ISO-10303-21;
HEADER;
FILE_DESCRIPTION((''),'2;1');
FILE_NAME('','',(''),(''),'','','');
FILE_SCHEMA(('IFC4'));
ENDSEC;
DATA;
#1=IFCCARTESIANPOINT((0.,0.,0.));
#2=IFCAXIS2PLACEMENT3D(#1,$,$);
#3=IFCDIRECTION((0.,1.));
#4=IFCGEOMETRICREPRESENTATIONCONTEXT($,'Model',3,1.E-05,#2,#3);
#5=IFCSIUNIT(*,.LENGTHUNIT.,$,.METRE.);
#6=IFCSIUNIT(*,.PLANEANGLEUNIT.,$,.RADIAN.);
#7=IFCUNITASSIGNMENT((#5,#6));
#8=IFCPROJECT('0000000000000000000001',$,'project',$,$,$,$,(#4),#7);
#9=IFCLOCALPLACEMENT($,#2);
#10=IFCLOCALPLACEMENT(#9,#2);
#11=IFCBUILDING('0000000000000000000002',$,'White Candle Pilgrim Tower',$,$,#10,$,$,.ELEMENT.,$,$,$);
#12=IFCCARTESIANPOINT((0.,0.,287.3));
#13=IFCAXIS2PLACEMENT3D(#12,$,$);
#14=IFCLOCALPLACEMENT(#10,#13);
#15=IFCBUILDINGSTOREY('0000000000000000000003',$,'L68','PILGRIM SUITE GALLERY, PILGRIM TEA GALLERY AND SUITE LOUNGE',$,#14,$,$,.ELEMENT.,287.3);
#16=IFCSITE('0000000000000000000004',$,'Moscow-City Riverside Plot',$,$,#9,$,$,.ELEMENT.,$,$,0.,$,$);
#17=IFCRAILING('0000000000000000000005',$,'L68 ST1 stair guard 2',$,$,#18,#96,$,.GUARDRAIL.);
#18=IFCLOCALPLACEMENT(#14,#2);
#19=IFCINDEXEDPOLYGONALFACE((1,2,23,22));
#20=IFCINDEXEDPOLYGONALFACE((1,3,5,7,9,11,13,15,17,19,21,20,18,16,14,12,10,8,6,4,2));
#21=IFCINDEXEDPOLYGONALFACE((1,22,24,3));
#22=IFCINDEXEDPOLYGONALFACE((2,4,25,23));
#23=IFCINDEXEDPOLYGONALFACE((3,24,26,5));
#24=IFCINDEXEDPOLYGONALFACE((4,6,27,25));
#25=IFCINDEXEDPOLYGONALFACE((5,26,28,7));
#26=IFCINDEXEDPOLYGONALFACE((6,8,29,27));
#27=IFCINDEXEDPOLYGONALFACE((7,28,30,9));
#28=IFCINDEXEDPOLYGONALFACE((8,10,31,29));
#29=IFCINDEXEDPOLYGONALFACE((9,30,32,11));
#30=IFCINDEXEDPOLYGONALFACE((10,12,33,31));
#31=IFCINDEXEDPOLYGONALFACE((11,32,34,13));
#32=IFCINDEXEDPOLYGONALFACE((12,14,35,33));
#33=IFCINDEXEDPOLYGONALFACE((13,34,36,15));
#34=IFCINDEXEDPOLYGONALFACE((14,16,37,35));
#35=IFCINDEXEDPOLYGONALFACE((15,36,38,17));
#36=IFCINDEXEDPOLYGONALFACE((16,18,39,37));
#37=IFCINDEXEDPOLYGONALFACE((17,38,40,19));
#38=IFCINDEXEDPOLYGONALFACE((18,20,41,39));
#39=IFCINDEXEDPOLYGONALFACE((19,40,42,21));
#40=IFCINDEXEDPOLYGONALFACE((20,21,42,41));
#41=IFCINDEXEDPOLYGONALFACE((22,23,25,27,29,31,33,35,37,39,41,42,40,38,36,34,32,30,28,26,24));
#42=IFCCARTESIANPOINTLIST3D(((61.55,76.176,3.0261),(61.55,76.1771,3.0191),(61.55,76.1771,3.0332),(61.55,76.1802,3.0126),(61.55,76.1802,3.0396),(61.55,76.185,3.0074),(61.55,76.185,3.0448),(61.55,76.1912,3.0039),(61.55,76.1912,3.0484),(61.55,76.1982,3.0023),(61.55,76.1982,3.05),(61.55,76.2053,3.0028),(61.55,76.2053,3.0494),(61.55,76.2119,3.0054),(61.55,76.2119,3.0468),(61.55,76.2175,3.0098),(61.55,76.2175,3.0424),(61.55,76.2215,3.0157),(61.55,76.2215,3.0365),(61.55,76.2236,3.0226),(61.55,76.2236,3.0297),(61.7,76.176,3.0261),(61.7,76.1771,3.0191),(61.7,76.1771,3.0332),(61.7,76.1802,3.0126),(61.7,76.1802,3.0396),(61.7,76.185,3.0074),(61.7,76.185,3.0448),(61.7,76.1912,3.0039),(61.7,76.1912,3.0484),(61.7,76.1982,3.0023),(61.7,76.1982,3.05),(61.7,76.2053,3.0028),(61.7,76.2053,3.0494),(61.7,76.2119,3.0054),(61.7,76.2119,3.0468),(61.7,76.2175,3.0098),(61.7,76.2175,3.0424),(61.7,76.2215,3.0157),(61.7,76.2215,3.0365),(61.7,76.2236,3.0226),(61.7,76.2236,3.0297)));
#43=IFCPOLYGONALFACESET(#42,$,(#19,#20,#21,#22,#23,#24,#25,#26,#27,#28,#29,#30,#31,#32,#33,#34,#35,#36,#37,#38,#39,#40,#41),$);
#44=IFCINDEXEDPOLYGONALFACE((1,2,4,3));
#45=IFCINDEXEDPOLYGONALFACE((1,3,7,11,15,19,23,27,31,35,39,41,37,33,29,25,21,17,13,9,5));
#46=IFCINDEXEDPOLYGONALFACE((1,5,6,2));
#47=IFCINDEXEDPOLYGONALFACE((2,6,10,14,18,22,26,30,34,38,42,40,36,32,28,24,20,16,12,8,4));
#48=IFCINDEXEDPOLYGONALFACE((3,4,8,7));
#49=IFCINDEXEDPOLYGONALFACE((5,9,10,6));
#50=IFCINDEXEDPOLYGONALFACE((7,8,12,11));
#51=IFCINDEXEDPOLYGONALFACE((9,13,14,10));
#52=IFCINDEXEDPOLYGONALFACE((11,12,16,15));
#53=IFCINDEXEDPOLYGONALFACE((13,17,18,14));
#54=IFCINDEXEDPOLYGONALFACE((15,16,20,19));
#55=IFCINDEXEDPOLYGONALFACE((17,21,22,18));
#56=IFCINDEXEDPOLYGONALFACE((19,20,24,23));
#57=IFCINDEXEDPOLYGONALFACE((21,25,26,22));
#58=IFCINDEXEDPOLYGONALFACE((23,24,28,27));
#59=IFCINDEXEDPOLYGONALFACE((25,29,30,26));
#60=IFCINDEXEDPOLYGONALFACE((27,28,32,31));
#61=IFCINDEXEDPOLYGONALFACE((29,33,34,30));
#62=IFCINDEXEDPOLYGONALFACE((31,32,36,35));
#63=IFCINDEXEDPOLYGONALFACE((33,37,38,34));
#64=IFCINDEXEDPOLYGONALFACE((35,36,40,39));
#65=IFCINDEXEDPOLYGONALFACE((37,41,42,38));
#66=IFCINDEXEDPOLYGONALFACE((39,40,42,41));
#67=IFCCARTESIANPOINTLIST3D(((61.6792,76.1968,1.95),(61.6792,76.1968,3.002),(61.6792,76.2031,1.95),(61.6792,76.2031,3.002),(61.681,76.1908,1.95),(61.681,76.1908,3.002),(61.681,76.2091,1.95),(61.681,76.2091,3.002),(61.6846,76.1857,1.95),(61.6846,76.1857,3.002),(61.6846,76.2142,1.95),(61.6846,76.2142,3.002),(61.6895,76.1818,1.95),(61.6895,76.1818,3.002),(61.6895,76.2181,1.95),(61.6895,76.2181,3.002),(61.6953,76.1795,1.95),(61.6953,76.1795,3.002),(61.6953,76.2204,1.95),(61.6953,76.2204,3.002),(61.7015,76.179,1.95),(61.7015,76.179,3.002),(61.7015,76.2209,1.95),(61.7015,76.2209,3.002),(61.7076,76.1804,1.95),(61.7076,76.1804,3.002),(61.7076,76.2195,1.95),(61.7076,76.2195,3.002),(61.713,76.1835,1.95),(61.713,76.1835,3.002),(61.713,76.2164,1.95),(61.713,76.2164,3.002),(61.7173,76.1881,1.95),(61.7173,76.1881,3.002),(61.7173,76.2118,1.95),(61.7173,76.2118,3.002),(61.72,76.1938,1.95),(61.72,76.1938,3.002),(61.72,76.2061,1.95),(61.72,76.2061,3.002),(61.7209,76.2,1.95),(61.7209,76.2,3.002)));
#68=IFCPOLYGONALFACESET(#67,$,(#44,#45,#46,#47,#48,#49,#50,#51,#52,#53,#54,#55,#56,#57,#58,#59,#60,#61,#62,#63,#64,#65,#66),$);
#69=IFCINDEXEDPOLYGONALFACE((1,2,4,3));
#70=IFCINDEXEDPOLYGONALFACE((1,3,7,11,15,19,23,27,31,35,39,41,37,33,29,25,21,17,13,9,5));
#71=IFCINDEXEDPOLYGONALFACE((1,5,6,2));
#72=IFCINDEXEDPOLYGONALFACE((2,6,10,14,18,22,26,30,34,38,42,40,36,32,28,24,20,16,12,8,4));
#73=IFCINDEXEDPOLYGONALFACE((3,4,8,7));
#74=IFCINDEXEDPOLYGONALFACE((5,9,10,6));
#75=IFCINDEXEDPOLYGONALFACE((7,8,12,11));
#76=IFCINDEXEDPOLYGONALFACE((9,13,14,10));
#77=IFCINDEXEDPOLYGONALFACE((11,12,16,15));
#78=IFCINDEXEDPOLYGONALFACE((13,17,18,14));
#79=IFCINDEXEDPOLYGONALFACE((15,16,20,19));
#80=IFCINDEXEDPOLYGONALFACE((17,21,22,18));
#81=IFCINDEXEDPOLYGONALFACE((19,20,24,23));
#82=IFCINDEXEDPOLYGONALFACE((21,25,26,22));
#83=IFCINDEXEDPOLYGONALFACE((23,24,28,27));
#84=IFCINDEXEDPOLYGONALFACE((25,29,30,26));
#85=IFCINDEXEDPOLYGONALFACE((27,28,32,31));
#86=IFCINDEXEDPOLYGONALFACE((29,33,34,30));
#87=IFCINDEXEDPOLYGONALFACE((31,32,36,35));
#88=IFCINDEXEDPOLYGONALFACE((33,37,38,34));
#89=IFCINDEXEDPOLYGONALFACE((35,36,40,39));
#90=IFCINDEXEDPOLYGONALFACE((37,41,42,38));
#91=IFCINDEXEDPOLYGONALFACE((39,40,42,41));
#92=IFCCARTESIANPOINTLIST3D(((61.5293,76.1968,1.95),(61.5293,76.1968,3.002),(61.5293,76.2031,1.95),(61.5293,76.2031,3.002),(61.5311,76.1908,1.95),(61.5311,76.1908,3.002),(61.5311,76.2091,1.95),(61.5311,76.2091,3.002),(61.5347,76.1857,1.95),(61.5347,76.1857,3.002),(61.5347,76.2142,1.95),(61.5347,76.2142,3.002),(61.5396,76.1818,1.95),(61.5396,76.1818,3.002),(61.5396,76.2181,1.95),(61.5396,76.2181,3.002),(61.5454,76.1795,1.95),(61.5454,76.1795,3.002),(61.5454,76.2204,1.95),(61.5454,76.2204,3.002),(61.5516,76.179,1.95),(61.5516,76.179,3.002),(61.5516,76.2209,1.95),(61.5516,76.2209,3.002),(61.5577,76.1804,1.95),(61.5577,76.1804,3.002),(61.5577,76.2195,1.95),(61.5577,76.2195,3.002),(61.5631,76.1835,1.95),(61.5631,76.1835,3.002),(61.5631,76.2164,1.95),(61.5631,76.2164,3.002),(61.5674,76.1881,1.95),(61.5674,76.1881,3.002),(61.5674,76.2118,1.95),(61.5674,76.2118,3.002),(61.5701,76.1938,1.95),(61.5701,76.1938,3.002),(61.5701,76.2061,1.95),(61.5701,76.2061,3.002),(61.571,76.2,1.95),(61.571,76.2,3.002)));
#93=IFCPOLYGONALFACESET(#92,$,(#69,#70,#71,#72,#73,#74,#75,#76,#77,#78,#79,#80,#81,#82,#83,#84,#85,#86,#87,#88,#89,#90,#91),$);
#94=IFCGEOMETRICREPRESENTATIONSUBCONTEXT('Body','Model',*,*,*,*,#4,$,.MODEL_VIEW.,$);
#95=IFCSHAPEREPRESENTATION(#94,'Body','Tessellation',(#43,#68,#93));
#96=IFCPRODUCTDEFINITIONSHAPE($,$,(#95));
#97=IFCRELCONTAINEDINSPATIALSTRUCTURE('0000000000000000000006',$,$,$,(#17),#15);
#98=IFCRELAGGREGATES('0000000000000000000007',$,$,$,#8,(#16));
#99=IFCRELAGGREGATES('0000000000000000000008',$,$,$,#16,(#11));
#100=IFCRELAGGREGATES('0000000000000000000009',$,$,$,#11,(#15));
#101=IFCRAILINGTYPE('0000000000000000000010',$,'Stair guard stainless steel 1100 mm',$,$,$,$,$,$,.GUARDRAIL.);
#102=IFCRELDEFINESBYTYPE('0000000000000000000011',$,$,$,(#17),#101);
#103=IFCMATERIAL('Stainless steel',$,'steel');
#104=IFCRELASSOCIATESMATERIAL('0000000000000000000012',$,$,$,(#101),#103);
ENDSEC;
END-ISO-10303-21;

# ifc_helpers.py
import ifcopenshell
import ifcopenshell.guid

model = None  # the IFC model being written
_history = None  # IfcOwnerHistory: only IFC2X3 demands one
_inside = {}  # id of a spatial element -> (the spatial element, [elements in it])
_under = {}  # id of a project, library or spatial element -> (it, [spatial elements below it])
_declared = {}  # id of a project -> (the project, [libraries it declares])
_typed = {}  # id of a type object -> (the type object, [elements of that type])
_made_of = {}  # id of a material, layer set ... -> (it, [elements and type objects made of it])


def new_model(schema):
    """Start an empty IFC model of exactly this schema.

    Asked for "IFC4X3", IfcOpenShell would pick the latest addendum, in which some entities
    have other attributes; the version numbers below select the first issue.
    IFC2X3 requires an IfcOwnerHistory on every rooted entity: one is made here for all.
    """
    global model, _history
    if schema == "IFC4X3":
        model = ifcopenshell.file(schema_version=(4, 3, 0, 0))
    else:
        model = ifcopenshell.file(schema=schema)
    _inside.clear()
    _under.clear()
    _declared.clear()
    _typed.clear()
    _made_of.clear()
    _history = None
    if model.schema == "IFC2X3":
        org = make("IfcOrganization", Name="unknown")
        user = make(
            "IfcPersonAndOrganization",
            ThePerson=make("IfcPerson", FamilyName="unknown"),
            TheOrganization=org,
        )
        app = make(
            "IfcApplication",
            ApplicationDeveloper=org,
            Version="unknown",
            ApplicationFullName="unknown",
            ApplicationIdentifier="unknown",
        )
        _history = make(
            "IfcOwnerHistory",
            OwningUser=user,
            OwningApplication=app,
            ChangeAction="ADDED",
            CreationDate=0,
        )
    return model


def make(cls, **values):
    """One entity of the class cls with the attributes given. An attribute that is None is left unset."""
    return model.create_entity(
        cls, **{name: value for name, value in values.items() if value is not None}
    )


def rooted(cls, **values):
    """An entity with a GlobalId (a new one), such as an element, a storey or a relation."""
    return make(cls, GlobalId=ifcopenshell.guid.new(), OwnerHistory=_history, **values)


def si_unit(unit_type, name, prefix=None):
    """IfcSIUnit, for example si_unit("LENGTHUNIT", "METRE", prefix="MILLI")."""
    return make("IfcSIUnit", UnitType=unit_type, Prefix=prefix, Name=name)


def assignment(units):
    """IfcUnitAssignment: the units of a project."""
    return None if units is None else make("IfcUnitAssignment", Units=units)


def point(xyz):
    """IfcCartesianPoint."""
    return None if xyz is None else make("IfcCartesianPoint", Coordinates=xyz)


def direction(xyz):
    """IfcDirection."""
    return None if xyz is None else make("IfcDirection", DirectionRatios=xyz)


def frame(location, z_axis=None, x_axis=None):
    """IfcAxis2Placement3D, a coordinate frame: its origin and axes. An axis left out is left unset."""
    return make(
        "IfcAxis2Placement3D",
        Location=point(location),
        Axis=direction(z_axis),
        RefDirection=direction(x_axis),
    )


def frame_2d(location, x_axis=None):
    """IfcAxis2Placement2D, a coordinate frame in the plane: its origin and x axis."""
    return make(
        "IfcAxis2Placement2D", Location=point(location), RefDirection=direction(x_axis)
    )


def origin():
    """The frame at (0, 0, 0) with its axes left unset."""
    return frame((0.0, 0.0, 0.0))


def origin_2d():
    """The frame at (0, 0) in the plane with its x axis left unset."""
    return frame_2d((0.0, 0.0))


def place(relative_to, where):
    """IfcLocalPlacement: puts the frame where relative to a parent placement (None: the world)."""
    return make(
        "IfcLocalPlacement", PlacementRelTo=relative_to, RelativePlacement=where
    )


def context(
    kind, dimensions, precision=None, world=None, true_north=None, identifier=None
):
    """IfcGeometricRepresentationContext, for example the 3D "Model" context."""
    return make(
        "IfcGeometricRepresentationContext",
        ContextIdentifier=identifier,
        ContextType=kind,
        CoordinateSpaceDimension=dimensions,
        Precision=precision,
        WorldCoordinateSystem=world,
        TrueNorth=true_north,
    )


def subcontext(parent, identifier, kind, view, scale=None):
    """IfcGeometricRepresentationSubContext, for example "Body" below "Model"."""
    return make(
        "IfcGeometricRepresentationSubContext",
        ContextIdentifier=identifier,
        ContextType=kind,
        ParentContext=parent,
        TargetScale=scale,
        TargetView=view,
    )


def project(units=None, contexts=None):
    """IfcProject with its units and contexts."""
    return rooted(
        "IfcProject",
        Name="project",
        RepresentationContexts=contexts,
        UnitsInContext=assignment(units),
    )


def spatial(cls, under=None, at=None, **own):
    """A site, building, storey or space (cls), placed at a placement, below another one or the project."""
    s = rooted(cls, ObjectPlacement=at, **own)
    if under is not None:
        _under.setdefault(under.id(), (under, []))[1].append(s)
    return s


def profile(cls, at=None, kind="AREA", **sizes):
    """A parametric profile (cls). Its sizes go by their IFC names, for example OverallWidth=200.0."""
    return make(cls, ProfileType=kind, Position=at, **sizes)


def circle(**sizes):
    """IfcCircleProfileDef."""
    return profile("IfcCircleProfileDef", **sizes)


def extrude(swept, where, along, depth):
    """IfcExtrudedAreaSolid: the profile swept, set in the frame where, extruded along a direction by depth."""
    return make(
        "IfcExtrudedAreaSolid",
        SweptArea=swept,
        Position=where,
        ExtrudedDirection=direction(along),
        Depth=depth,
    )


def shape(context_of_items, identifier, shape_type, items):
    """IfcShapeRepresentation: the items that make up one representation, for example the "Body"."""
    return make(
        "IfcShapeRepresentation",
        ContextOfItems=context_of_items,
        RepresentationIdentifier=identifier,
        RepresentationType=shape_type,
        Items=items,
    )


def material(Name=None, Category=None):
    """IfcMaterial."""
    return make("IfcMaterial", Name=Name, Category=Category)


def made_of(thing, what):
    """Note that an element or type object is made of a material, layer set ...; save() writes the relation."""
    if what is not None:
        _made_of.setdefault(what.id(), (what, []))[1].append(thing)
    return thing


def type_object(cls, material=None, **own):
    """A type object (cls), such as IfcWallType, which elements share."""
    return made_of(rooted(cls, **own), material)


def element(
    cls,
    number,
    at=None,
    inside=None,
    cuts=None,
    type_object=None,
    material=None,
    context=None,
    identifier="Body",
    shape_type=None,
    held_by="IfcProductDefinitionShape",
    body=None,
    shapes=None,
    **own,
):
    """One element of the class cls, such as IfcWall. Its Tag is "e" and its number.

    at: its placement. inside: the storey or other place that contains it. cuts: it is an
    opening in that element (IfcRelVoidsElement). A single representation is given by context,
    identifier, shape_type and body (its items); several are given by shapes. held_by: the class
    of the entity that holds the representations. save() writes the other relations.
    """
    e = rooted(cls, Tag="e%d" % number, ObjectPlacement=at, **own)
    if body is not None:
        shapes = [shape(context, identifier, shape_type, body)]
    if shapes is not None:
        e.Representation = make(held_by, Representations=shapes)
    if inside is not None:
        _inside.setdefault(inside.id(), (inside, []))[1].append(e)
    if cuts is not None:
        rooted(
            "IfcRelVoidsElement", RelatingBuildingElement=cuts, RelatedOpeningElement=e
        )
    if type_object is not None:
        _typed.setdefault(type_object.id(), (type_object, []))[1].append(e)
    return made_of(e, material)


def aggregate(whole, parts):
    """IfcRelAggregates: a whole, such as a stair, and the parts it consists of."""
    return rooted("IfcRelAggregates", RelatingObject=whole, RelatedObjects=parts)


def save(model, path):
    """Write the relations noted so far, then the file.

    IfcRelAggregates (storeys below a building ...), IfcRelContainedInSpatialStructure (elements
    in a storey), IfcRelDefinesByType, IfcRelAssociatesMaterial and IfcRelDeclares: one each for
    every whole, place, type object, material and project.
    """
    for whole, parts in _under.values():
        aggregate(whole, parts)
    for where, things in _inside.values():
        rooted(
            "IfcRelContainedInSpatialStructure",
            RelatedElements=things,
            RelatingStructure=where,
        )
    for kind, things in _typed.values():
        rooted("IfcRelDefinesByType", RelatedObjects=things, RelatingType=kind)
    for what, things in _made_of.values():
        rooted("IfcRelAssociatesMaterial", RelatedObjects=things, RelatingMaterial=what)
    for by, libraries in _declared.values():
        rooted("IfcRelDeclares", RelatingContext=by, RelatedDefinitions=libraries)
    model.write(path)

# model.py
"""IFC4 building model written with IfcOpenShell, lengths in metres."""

from ifc_helpers import new_model, si_unit, direction, frame, origin, origin_2d, place, context, subcontext, project, spatial, circle, extrude, material, type_object, element, save


model = new_model("IFC4")

# Units and contexts
model_context = context("Model", 3, precision=1e-05, world=origin(), true_north=direction((0.0, 1.0)))
body_context = subcontext(model_context, "Body", "Model", "MODEL_VIEW")
ifc_project = project(units=[si_unit("LENGTHUNIT", "METRE"), si_unit("PLANEANGLEUNIT", "RADIAN")], contexts=[model_context])

# Site, building, storey
site_placement = place(None, origin())
site = spatial("IfcSite", under=ifc_project, at=site_placement, Name="Moscow-City Riverside Plot", CompositionType="ELEMENT", RefElevation=0.0)
building_placement = place(site_placement, origin())
building = spatial("IfcBuilding", under=site, at=building_placement, Name="White Candle Pilgrim Tower", CompositionType="ELEMENT")
storey_placement = place(building_placement, frame((0.0, 0.0, 287.3)))
storey = spatial("IfcBuildingStorey", under=building, at=storey_placement, Name="L68", Description="PILGRIM SUITE GALLERY, PILGRIM TEA GALLERY AND SUITE LOUNGE", CompositionType="ELEMENT", Elevation=287.3)

# Shared definitions
ifc_material_1 = material(Name="Stainless steel", Category="steel")

# Railing
railing_type = type_object("IfcRailingType", Name="Stair guard stainless steel 1100 mm", PredefinedType="GUARDRAIL", material=ifc_material_1)
railing_placement = place(storey_placement, frame((61.7, 76.2, 1.95)))
element("IfcRailing", 1, at=railing_placement, inside=storey, type_object=railing_type, Name="L68 ST1 stair guard 2", PredefinedType="GUARDRAIL", context=body_context, shape_type="SweptSolid", body=[
    extrude(circle(Radius=0.0239, at=origin_2d()), frame((0.0, 0.0, 1.0762), z_axis=(-1.0, 0.0, 0.0), x_axis=(0.0, -1.0, 0.0)), (0.0, 0.0, 1.0), 0.1499),
    extrude(circle(Radius=0.021, at=origin_2d()), origin(), (0.0, 0.0, 1.0), 1.052),
    extrude(circle(Radius=0.021, at=origin_2d()), frame((-0.1499, 0.0, 0.0)), (0.0, 0.0, 1.0), 1.052),
])

save(model, "model.ifc")
